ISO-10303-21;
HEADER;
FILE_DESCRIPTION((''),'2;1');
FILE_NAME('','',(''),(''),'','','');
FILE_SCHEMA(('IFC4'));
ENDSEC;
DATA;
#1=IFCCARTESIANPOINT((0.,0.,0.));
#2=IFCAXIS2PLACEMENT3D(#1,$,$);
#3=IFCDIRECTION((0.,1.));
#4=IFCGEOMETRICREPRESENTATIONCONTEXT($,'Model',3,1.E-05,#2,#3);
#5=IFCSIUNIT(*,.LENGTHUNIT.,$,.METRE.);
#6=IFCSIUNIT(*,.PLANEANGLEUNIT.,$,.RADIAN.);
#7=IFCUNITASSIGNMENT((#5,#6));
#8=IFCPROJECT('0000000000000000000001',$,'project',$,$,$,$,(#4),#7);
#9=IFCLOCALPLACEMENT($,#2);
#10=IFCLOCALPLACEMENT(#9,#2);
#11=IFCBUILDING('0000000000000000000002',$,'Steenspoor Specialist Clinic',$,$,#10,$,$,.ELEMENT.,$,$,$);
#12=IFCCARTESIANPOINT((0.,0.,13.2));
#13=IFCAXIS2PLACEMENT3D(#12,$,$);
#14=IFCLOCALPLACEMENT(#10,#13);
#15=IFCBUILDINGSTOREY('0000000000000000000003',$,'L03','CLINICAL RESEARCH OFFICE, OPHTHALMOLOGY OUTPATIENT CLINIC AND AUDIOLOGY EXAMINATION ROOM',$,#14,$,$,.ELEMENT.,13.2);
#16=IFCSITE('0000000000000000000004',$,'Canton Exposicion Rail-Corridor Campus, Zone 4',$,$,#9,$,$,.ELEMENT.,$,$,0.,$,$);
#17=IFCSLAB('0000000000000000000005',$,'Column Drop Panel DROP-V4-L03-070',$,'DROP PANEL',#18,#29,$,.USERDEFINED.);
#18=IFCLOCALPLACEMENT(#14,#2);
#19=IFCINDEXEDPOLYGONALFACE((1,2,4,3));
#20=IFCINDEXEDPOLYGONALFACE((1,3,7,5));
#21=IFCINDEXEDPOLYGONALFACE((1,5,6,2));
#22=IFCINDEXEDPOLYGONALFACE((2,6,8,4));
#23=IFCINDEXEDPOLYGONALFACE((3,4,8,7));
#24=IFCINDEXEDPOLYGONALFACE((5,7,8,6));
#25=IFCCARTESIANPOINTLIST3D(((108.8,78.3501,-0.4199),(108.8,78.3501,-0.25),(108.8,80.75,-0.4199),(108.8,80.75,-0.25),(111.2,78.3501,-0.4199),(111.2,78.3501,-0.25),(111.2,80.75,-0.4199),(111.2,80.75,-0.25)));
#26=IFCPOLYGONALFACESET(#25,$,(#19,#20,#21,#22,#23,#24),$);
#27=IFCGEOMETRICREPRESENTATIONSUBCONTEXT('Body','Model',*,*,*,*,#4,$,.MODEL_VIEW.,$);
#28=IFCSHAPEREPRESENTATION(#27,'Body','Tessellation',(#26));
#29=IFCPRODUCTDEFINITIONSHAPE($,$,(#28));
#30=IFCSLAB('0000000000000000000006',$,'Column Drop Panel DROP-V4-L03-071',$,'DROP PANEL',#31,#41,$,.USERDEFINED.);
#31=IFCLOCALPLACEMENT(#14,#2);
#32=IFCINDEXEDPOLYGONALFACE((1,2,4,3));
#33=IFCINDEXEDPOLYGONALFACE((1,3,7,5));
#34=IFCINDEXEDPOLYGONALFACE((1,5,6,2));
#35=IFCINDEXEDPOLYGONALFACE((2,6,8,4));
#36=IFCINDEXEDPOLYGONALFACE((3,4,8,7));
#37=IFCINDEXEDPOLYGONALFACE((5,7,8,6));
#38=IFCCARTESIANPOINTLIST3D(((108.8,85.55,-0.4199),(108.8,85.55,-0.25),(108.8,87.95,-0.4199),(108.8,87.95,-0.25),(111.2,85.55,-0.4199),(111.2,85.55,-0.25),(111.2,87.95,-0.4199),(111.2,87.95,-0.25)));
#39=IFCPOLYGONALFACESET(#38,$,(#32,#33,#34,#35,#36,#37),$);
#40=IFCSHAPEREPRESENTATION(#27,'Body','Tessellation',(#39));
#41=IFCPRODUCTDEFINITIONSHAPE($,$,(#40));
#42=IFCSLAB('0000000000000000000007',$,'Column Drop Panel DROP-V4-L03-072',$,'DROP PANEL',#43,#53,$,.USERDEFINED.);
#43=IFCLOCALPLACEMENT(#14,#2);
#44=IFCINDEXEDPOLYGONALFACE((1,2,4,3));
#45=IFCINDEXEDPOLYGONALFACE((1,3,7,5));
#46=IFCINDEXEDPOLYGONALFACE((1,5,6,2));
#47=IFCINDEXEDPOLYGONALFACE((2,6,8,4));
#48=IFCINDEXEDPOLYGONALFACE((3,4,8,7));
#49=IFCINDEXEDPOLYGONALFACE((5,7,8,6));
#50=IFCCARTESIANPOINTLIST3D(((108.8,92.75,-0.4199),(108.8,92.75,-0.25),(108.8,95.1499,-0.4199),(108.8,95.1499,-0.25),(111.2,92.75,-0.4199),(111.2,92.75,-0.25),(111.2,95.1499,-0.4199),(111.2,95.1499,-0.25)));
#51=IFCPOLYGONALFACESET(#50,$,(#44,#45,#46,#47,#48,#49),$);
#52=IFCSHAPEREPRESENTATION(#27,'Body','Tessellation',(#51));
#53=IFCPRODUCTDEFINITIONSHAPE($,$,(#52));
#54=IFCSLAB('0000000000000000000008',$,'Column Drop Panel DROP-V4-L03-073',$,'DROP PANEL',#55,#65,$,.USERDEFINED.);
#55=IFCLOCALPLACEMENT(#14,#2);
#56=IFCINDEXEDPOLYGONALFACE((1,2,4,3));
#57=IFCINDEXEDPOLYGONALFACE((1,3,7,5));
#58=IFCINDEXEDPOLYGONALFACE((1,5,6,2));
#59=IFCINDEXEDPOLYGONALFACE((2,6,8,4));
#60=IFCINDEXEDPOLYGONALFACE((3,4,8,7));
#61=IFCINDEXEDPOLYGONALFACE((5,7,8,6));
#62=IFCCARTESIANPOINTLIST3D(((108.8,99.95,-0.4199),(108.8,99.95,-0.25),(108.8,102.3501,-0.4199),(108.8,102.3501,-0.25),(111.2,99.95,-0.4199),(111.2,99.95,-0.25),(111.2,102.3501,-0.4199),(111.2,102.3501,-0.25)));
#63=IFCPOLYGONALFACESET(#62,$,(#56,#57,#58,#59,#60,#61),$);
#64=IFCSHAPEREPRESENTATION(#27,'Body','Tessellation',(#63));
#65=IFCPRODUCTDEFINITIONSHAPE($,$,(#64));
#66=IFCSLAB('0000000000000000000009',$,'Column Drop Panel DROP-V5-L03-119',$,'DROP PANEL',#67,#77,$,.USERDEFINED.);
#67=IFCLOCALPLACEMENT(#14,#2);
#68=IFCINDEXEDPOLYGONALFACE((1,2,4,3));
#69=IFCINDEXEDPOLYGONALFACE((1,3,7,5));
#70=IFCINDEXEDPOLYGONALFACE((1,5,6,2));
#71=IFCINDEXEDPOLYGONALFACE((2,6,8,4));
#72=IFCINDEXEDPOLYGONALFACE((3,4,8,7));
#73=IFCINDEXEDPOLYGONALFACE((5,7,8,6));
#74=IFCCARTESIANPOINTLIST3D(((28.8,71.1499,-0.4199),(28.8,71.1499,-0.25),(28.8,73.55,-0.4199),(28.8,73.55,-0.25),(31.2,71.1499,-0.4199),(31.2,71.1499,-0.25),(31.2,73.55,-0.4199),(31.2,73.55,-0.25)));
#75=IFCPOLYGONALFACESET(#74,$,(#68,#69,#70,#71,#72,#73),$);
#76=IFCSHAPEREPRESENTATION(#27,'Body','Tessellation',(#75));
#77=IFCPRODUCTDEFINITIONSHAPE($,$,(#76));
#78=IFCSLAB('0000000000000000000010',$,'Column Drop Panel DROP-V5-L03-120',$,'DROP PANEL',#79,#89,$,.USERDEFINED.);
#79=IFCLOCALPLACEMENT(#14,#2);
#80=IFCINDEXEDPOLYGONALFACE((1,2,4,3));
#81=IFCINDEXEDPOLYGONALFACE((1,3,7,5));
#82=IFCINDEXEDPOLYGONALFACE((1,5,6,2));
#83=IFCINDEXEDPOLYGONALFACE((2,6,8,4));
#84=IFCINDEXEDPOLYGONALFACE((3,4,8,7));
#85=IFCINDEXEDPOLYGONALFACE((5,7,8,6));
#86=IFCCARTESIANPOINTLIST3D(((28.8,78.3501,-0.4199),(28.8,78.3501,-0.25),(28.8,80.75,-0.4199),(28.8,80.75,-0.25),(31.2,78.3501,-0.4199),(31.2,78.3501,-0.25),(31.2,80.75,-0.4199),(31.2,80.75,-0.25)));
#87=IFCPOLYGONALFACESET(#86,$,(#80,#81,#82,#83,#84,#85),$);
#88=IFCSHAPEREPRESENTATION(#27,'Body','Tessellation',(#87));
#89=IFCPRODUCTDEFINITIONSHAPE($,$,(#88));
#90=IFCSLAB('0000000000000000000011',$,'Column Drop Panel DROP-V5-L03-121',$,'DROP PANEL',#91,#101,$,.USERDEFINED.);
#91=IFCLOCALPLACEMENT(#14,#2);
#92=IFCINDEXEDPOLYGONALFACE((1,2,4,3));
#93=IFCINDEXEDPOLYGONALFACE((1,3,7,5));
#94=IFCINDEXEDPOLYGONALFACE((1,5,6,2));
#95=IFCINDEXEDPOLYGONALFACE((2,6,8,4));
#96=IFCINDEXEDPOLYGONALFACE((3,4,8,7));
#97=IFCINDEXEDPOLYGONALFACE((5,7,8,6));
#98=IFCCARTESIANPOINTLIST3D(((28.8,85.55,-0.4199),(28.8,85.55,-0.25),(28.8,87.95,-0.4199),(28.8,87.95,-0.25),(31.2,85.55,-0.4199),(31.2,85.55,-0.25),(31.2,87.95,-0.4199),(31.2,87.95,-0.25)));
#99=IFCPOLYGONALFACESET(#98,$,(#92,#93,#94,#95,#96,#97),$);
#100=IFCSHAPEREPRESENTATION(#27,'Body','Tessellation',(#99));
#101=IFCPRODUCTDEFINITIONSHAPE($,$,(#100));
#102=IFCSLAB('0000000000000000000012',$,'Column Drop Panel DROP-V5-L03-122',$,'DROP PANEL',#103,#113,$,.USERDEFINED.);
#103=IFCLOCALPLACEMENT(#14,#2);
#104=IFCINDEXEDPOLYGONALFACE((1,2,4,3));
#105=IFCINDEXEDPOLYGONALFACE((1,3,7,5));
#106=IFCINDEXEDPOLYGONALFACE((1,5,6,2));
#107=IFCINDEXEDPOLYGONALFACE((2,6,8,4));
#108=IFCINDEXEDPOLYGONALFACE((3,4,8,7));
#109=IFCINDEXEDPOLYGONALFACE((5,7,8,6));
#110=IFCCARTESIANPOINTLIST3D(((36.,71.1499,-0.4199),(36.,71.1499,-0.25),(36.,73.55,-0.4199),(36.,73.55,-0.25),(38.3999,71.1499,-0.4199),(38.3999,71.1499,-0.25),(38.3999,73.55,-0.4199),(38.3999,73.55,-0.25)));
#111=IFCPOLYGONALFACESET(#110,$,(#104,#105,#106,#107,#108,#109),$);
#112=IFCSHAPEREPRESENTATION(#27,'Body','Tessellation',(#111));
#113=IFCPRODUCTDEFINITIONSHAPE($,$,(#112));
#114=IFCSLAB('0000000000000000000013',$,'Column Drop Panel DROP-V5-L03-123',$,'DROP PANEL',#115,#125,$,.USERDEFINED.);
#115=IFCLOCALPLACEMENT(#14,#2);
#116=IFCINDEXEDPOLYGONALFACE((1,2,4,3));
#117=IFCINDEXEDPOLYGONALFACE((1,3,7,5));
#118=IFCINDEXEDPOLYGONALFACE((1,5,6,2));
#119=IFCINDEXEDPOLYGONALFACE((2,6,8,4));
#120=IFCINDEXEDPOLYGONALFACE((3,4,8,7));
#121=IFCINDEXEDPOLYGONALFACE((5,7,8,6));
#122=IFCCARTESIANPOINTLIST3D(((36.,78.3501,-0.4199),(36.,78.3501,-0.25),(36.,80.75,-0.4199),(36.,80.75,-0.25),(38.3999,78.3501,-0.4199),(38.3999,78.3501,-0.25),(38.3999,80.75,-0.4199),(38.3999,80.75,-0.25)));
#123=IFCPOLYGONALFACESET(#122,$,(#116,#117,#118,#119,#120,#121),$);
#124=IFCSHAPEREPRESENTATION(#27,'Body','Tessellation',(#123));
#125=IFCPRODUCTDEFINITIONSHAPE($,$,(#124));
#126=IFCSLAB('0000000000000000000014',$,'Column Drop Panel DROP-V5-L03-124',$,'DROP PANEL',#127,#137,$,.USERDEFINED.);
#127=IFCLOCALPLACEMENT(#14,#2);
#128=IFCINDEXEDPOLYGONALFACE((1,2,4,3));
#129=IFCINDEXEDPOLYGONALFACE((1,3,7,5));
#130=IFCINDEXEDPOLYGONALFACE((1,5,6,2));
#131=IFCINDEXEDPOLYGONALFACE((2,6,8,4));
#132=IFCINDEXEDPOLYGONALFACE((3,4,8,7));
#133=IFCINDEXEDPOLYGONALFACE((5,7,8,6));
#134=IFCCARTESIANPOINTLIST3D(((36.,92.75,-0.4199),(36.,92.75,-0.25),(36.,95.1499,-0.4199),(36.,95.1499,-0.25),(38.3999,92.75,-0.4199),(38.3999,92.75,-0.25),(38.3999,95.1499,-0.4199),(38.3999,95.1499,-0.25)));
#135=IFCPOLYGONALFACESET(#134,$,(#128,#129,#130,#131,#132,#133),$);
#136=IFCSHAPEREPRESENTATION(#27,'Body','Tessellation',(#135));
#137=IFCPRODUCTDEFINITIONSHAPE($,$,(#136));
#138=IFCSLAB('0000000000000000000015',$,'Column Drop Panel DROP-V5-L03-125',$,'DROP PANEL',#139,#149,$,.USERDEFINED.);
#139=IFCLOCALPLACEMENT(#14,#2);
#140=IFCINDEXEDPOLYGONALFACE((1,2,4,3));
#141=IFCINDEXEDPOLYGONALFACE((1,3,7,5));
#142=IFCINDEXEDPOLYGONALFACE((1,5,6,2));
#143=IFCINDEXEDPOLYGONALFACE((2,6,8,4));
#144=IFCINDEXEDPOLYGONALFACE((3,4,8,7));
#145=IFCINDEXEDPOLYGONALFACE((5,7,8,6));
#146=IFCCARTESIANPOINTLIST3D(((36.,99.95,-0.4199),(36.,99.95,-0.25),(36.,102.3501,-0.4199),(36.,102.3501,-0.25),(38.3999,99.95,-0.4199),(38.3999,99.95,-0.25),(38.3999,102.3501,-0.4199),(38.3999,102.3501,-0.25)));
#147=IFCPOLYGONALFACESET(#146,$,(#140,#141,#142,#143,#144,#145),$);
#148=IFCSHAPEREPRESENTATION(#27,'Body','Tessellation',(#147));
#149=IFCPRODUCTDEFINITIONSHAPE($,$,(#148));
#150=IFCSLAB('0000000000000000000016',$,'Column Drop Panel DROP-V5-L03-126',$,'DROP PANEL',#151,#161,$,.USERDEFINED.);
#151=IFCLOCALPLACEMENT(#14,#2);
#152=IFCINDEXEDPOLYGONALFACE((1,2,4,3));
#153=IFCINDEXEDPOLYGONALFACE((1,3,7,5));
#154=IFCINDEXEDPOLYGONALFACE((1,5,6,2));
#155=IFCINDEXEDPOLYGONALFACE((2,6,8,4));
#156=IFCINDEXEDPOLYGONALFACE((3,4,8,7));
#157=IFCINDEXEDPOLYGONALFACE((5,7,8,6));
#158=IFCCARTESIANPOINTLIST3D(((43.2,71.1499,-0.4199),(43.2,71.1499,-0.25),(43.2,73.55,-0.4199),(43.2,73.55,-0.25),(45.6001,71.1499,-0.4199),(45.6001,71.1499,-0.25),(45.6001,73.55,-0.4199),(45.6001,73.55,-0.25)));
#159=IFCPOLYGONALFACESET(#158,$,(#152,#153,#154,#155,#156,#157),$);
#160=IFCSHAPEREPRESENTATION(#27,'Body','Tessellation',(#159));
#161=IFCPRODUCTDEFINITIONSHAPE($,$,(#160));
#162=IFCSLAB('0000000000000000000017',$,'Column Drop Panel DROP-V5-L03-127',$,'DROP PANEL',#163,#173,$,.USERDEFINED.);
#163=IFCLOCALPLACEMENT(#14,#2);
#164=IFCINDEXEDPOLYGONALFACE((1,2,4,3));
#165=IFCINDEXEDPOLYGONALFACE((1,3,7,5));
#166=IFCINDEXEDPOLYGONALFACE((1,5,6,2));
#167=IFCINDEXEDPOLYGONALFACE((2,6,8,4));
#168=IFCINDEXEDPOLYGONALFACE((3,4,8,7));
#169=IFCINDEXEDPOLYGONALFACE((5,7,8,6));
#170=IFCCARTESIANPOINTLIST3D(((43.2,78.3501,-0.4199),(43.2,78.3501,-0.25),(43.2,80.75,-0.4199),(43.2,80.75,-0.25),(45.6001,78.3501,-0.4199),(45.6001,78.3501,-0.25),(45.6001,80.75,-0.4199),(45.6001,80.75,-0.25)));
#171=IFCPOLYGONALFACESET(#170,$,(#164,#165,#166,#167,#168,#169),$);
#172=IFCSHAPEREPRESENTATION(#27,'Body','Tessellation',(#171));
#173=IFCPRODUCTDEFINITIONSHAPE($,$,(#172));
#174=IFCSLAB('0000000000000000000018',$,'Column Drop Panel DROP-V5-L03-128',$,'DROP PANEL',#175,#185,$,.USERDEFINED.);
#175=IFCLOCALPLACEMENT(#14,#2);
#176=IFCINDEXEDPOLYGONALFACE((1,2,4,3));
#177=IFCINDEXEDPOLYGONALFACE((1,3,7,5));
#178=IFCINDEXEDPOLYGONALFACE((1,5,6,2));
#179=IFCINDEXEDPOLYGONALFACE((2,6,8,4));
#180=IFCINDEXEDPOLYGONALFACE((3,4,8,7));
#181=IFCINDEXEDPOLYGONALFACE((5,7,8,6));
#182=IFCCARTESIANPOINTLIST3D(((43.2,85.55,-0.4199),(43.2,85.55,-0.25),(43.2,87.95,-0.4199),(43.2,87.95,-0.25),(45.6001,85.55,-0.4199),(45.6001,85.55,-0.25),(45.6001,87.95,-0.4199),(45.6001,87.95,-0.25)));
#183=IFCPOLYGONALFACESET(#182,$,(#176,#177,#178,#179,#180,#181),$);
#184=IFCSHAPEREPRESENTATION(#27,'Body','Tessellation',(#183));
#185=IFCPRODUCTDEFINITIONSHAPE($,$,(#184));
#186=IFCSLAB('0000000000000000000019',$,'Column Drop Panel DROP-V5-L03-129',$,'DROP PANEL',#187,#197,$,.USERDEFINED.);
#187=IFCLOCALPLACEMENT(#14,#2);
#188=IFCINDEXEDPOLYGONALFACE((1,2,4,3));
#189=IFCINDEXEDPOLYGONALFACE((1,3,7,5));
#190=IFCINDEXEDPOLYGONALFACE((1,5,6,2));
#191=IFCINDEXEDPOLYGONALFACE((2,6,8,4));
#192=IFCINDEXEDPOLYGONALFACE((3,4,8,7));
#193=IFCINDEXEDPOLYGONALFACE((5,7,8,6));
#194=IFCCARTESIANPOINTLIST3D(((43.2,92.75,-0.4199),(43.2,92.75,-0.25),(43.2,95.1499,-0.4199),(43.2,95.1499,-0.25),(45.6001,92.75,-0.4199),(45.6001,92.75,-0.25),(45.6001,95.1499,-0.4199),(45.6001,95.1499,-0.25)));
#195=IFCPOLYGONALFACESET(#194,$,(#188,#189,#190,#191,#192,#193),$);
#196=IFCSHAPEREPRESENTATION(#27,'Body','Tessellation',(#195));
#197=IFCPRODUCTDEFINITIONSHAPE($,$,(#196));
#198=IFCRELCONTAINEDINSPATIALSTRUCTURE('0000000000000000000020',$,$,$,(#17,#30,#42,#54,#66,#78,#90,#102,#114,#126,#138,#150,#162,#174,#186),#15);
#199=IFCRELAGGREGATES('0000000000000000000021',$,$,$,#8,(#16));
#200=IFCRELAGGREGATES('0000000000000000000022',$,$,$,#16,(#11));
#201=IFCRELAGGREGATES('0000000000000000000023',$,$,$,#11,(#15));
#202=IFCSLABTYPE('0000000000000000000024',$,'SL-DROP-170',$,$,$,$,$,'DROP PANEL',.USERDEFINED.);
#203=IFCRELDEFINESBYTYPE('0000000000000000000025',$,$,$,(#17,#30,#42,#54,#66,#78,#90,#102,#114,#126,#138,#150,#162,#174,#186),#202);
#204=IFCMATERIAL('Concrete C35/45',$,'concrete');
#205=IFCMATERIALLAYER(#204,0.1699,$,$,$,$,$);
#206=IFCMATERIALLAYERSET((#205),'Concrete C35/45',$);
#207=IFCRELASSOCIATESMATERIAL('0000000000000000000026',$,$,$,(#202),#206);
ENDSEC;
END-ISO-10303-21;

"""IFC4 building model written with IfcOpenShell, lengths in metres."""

from ifc_helpers import new_model, si_unit, direction, frame, origin, place, context, subcontext, project, spatial, polyline, outline, extrude, material, layer, layer_set, type_object, element, save


model = new_model("IFC4")

# Units and contexts
model_context = context("Model", 3, precision=1e-05, world=origin(), true_north=direction((0.0, 1.0)))
body_context = subcontext(model_context, "Body", "Model", "MODEL_VIEW")
ifc_project = project(units=[si_unit("LENGTHUNIT", "METRE"), si_unit("PLANEANGLEUNIT", "RADIAN")], contexts=[model_context])

# Site, building, storey
site_placement = place(None, origin())
site = spatial("IfcSite", under=ifc_project, at=site_placement, Name="Canton Exposicion Rail-Corridor Campus, Zone 4", CompositionType="ELEMENT", RefElevation=0.0)
building_placement = place(site_placement, origin())
building = spatial("IfcBuilding", under=site, at=building_placement, Name="Steenspoor Specialist Clinic", CompositionType="ELEMENT")
storey_placement = place(building_placement, frame((0.0, 0.0, 13.2)))
storey = spatial("IfcBuildingStorey", under=building, at=storey_placement, Name="L03", Description="CLINICAL RESEARCH OFFICE, OPHTHALMOLOGY OUTPATIENT CLINIC AND AUDIOLOGY EXAMINATION ROOM", CompositionType="ELEMENT", Elevation=13.2)

# Slabs
ifc_material = material(Name="Concrete C35/45", Category="concrete")
ifc_layer = layer(ifc_material, 0.1699)
ifc_layer_set = layer_set([ifc_layer], Name="Concrete C35/45")
slab_type = type_object("IfcSlabType", Name="SL-DROP-170", ElementType="DROP PANEL", PredefinedType="USERDEFINED", material=ifc_layer_set)
slab_1_placement = place(storey_placement, frame((0.0, 0.0, -0.4199)))
element("IfcSlab", 1, at=slab_1_placement, inside=storey, type_object=slab_type, Name="Column Drop Panel DROP-V4-L03-070", ObjectType="DROP PANEL", PredefinedType="USERDEFINED", context=body_context, shape_type="SweptSolid", body=[
    extrude(outline(polyline([(111.2, 78.3501), (111.2, 80.75), (108.8, 80.75), (108.8, 78.3501), (111.2, 78.3501)])), origin(), (0.0, 0.0, 1.0), 0.1699),
])
slab_2_placement = place(storey_placement, frame((0.0, 0.0, -0.4199)))
element("IfcSlab", 2, at=slab_2_placement, inside=storey, type_object=slab_type, Name="Column Drop Panel DROP-V4-L03-071", ObjectType="DROP PANEL", PredefinedType="USERDEFINED", context=body_context, shape_type="SweptSolid", body=[
    extrude(outline(polyline([(111.2, 85.55), (111.2, 87.95), (108.8, 87.95), (108.8, 85.55), (111.2, 85.55)])), origin(), (0.0, 0.0, 1.0), 0.1699),
])
slab_3_placement = place(storey_placement, frame((0.0, 0.0, -0.4199)))
element("IfcSlab", 3, at=slab_3_placement, inside=storey, type_object=slab_type, Name="Column Drop Panel DROP-V4-L03-072", ObjectType="DROP PANEL", PredefinedType="USERDEFINED", context=body_context, shape_type="SweptSolid", body=[
    extrude(outline(polyline([(111.2, 92.75), (111.2, 95.1499), (108.8, 95.1499), (108.8, 92.75), (111.2, 92.75)])), origin(), (0.0, 0.0, 1.0), 0.1699),
])
slab_4_placement = place(storey_placement, frame((0.0, 0.0, -0.4199)))
element("IfcSlab", 4, at=slab_4_placement, inside=storey, type_object=slab_type, Name="Column Drop Panel DROP-V4-L03-073", ObjectType="DROP PANEL", PredefinedType="USERDEFINED", context=body_context, shape_type="SweptSolid", body=[
    extrude(outline(polyline([(111.2, 99.95), (111.2, 102.3501), (108.8, 102.3501), (108.8, 99.95), (111.2, 99.95)])), origin(), (0.0, 0.0, 1.0), 0.1699),
])
slab_5_placement = place(storey_placement, frame((0.0, 0.0, -0.4199)))
element("IfcSlab", 5, at=slab_5_placement, inside=storey, type_object=slab_type, Name="Column Drop Panel DROP-V5-L03-119", ObjectType="DROP PANEL", PredefinedType="USERDEFINED", context=body_context, shape_type="SweptSolid", body=[
    extrude(outline(polyline([(31.2, 71.1499), (31.2, 73.55), (28.8, 73.55), (28.8, 71.1499), (31.2, 71.1499)])), origin(), (0.0, 0.0, 1.0), 0.1699),
])
slab_6_placement = place(storey_placement, frame((0.0, 0.0, -0.4199)))
element("IfcSlab", 6, at=slab_6_placement, inside=storey, type_object=slab_type, Name="Column Drop Panel DROP-V5-L03-120", ObjectType="DROP PANEL", PredefinedType="USERDEFINED", context=body_context, shape_type="SweptSolid", body=[
    extrude(outline(polyline([(31.2, 78.3501), (31.2, 80.75), (28.8, 80.75), (28.8, 78.3501), (31.2, 78.3501)])), origin(), (0.0, 0.0, 1.0), 0.1699),
])
slab_7_placement = place(storey_placement, frame((0.0, 0.0, -0.4199)))
element("IfcSlab", 7, at=slab_7_placement, inside=storey, type_object=slab_type, Name="Column Drop Panel DROP-V5-L03-121", ObjectType="DROP PANEL", PredefinedType="USERDEFINED", context=body_context, shape_type="SweptSolid", body=[
    extrude(outline(polyline([(31.2, 85.55), (31.2, 87.95), (28.8, 87.95), (28.8, 85.55), (31.2, 85.55)])), origin(), (0.0, 0.0, 1.0), 0.1699),
])
slab_8_placement = place(storey_placement, frame((0.0, 0.0, -0.4199)))
element("IfcSlab", 8, at=slab_8_placement, inside=storey, type_object=slab_type, Name="Column Drop Panel DROP-V5-L03-122", ObjectType="DROP PANEL", PredefinedType="USERDEFINED", context=body_context, shape_type="SweptSolid", body=[
    extrude(outline(polyline([(38.3999, 71.1499), (38.3999, 73.55), (36.0, 73.55), (36.0, 71.1499), (38.3999, 71.1499)])), origin(), (0.0, 0.0, 1.0), 0.1699),
])
slab_9_placement = place(storey_placement, frame((0.0, 0.0, -0.4199)))
element("IfcSlab", 9, at=slab_9_placement, inside=storey, type_object=slab_type, Name="Column Drop Panel DROP-V5-L03-123", ObjectType="DROP PANEL", PredefinedType="USERDEFINED", context=body_context, shape_type="SweptSolid", body=[
    extrude(outline(polyline([(38.3999, 78.3501), (38.3999, 80.75), (36.0, 80.75), (36.0, 78.3501), (38.3999, 78.3501)])), origin(), (0.0, 0.0, 1.0), 0.1699),
])
slab_10_placement = place(storey_placement, frame((0.0, 0.0, -0.4199)))
element("IfcSlab", 10, at=slab_10_placement, inside=storey, type_object=slab_type, Name="Column Drop Panel DROP-V5-L03-124", ObjectType="DROP PANEL", PredefinedType="USERDEFINED", context=body_context, shape_type="SweptSolid", body=[
    extrude(outline(polyline([(38.3999, 92.75), (38.3999, 95.1499), (36.0, 95.1499), (36.0, 92.75), (38.3999, 92.75)])), origin(), (0.0, 0.0, 1.0), 0.1699),
])
slab_11_placement = place(storey_placement, frame((0.0, 0.0, -0.4199)))
element("IfcSlab", 11, at=slab_11_placement, inside=storey, type_object=slab_type, Name="Column Drop Panel DROP-V5-L03-125", ObjectType="DROP PANEL", PredefinedType="USERDEFINED", context=body_context, shape_type="SweptSolid", body=[
    extrude(outline(polyline([(38.3999, 99.95), (38.3999, 102.3501), (36.0, 102.3501), (36.0, 99.95), (38.3999, 99.95)])), origin(), (0.0, 0.0, 1.0), 0.1699),
])
slab_12_placement = place(storey_placement, frame((0.0, 0.0, -0.4199)))
element("IfcSlab", 12, at=slab_12_placement, inside=storey, type_object=slab_type, Name="Column Drop Panel DROP-V5-L03-126", ObjectType="DROP PANEL", PredefinedType="USERDEFINED", context=body_context, shape_type="SweptSolid", body=[
    extrude(outline(polyline([(45.6001, 71.1499), (45.6001, 73.55), (43.2, 73.55), (43.2, 71.1499), (45.6001, 71.1499)])), origin(), (0.0, 0.0, 1.0), 0.1699),
])
slab_13_placement = place(storey_placement, frame((0.0, 0.0, -0.4199)))
element("IfcSlab", 13, at=slab_13_placement, inside=storey, type_object=slab_type, Name="Column Drop Panel DROP-V5-L03-127", ObjectType="DROP PANEL", PredefinedType="USERDEFINED", context=body_context, shape_type="SweptSolid", body=[
    extrude(outline(polyline([(45.6001, 78.3501), (45.6001, 80.75), (43.2, 80.75), (43.2, 78.3501), (45.6001, 78.3501)])), origin(), (0.0, 0.0, 1.0), 0.1699),
])
slab_14_placement = place(storey_placement, frame((0.0, 0.0, -0.4199)))
element("IfcSlab", 14, at=slab_14_placement, inside=storey, type_object=slab_type, Name="Column Drop Panel DROP-V5-L03-128", ObjectType="DROP PANEL", PredefinedType="USERDEFINED", context=body_context, shape_type="SweptSolid", body=[
    extrude(outline(polyline([(45.6001, 85.55), (45.6001, 87.95), (43.2, 87.95), (43.2, 85.55), (45.6001, 85.55)])), origin(), (0.0, 0.0, 1.0), 0.1699),
])
slab_15_placement = place(storey_placement, frame((0.0, 0.0, -0.4199)))
element("IfcSlab", 15, at=slab_15_placement, inside=storey, type_object=slab_type, Name="Column Drop Panel DROP-V5-L03-129", ObjectType="DROP PANEL", PredefinedType="USERDEFINED", context=body_context, shape_type="SweptSolid", body=[
    extrude(outline(polyline([(45.6001, 92.75), (45.6001, 95.1499), (43.2, 95.1499), (43.2, 92.75), (45.6001, 92.75)])), origin(), (0.0, 0.0, 1.0), 0.1699),
])

save(model, "model.ifc")
